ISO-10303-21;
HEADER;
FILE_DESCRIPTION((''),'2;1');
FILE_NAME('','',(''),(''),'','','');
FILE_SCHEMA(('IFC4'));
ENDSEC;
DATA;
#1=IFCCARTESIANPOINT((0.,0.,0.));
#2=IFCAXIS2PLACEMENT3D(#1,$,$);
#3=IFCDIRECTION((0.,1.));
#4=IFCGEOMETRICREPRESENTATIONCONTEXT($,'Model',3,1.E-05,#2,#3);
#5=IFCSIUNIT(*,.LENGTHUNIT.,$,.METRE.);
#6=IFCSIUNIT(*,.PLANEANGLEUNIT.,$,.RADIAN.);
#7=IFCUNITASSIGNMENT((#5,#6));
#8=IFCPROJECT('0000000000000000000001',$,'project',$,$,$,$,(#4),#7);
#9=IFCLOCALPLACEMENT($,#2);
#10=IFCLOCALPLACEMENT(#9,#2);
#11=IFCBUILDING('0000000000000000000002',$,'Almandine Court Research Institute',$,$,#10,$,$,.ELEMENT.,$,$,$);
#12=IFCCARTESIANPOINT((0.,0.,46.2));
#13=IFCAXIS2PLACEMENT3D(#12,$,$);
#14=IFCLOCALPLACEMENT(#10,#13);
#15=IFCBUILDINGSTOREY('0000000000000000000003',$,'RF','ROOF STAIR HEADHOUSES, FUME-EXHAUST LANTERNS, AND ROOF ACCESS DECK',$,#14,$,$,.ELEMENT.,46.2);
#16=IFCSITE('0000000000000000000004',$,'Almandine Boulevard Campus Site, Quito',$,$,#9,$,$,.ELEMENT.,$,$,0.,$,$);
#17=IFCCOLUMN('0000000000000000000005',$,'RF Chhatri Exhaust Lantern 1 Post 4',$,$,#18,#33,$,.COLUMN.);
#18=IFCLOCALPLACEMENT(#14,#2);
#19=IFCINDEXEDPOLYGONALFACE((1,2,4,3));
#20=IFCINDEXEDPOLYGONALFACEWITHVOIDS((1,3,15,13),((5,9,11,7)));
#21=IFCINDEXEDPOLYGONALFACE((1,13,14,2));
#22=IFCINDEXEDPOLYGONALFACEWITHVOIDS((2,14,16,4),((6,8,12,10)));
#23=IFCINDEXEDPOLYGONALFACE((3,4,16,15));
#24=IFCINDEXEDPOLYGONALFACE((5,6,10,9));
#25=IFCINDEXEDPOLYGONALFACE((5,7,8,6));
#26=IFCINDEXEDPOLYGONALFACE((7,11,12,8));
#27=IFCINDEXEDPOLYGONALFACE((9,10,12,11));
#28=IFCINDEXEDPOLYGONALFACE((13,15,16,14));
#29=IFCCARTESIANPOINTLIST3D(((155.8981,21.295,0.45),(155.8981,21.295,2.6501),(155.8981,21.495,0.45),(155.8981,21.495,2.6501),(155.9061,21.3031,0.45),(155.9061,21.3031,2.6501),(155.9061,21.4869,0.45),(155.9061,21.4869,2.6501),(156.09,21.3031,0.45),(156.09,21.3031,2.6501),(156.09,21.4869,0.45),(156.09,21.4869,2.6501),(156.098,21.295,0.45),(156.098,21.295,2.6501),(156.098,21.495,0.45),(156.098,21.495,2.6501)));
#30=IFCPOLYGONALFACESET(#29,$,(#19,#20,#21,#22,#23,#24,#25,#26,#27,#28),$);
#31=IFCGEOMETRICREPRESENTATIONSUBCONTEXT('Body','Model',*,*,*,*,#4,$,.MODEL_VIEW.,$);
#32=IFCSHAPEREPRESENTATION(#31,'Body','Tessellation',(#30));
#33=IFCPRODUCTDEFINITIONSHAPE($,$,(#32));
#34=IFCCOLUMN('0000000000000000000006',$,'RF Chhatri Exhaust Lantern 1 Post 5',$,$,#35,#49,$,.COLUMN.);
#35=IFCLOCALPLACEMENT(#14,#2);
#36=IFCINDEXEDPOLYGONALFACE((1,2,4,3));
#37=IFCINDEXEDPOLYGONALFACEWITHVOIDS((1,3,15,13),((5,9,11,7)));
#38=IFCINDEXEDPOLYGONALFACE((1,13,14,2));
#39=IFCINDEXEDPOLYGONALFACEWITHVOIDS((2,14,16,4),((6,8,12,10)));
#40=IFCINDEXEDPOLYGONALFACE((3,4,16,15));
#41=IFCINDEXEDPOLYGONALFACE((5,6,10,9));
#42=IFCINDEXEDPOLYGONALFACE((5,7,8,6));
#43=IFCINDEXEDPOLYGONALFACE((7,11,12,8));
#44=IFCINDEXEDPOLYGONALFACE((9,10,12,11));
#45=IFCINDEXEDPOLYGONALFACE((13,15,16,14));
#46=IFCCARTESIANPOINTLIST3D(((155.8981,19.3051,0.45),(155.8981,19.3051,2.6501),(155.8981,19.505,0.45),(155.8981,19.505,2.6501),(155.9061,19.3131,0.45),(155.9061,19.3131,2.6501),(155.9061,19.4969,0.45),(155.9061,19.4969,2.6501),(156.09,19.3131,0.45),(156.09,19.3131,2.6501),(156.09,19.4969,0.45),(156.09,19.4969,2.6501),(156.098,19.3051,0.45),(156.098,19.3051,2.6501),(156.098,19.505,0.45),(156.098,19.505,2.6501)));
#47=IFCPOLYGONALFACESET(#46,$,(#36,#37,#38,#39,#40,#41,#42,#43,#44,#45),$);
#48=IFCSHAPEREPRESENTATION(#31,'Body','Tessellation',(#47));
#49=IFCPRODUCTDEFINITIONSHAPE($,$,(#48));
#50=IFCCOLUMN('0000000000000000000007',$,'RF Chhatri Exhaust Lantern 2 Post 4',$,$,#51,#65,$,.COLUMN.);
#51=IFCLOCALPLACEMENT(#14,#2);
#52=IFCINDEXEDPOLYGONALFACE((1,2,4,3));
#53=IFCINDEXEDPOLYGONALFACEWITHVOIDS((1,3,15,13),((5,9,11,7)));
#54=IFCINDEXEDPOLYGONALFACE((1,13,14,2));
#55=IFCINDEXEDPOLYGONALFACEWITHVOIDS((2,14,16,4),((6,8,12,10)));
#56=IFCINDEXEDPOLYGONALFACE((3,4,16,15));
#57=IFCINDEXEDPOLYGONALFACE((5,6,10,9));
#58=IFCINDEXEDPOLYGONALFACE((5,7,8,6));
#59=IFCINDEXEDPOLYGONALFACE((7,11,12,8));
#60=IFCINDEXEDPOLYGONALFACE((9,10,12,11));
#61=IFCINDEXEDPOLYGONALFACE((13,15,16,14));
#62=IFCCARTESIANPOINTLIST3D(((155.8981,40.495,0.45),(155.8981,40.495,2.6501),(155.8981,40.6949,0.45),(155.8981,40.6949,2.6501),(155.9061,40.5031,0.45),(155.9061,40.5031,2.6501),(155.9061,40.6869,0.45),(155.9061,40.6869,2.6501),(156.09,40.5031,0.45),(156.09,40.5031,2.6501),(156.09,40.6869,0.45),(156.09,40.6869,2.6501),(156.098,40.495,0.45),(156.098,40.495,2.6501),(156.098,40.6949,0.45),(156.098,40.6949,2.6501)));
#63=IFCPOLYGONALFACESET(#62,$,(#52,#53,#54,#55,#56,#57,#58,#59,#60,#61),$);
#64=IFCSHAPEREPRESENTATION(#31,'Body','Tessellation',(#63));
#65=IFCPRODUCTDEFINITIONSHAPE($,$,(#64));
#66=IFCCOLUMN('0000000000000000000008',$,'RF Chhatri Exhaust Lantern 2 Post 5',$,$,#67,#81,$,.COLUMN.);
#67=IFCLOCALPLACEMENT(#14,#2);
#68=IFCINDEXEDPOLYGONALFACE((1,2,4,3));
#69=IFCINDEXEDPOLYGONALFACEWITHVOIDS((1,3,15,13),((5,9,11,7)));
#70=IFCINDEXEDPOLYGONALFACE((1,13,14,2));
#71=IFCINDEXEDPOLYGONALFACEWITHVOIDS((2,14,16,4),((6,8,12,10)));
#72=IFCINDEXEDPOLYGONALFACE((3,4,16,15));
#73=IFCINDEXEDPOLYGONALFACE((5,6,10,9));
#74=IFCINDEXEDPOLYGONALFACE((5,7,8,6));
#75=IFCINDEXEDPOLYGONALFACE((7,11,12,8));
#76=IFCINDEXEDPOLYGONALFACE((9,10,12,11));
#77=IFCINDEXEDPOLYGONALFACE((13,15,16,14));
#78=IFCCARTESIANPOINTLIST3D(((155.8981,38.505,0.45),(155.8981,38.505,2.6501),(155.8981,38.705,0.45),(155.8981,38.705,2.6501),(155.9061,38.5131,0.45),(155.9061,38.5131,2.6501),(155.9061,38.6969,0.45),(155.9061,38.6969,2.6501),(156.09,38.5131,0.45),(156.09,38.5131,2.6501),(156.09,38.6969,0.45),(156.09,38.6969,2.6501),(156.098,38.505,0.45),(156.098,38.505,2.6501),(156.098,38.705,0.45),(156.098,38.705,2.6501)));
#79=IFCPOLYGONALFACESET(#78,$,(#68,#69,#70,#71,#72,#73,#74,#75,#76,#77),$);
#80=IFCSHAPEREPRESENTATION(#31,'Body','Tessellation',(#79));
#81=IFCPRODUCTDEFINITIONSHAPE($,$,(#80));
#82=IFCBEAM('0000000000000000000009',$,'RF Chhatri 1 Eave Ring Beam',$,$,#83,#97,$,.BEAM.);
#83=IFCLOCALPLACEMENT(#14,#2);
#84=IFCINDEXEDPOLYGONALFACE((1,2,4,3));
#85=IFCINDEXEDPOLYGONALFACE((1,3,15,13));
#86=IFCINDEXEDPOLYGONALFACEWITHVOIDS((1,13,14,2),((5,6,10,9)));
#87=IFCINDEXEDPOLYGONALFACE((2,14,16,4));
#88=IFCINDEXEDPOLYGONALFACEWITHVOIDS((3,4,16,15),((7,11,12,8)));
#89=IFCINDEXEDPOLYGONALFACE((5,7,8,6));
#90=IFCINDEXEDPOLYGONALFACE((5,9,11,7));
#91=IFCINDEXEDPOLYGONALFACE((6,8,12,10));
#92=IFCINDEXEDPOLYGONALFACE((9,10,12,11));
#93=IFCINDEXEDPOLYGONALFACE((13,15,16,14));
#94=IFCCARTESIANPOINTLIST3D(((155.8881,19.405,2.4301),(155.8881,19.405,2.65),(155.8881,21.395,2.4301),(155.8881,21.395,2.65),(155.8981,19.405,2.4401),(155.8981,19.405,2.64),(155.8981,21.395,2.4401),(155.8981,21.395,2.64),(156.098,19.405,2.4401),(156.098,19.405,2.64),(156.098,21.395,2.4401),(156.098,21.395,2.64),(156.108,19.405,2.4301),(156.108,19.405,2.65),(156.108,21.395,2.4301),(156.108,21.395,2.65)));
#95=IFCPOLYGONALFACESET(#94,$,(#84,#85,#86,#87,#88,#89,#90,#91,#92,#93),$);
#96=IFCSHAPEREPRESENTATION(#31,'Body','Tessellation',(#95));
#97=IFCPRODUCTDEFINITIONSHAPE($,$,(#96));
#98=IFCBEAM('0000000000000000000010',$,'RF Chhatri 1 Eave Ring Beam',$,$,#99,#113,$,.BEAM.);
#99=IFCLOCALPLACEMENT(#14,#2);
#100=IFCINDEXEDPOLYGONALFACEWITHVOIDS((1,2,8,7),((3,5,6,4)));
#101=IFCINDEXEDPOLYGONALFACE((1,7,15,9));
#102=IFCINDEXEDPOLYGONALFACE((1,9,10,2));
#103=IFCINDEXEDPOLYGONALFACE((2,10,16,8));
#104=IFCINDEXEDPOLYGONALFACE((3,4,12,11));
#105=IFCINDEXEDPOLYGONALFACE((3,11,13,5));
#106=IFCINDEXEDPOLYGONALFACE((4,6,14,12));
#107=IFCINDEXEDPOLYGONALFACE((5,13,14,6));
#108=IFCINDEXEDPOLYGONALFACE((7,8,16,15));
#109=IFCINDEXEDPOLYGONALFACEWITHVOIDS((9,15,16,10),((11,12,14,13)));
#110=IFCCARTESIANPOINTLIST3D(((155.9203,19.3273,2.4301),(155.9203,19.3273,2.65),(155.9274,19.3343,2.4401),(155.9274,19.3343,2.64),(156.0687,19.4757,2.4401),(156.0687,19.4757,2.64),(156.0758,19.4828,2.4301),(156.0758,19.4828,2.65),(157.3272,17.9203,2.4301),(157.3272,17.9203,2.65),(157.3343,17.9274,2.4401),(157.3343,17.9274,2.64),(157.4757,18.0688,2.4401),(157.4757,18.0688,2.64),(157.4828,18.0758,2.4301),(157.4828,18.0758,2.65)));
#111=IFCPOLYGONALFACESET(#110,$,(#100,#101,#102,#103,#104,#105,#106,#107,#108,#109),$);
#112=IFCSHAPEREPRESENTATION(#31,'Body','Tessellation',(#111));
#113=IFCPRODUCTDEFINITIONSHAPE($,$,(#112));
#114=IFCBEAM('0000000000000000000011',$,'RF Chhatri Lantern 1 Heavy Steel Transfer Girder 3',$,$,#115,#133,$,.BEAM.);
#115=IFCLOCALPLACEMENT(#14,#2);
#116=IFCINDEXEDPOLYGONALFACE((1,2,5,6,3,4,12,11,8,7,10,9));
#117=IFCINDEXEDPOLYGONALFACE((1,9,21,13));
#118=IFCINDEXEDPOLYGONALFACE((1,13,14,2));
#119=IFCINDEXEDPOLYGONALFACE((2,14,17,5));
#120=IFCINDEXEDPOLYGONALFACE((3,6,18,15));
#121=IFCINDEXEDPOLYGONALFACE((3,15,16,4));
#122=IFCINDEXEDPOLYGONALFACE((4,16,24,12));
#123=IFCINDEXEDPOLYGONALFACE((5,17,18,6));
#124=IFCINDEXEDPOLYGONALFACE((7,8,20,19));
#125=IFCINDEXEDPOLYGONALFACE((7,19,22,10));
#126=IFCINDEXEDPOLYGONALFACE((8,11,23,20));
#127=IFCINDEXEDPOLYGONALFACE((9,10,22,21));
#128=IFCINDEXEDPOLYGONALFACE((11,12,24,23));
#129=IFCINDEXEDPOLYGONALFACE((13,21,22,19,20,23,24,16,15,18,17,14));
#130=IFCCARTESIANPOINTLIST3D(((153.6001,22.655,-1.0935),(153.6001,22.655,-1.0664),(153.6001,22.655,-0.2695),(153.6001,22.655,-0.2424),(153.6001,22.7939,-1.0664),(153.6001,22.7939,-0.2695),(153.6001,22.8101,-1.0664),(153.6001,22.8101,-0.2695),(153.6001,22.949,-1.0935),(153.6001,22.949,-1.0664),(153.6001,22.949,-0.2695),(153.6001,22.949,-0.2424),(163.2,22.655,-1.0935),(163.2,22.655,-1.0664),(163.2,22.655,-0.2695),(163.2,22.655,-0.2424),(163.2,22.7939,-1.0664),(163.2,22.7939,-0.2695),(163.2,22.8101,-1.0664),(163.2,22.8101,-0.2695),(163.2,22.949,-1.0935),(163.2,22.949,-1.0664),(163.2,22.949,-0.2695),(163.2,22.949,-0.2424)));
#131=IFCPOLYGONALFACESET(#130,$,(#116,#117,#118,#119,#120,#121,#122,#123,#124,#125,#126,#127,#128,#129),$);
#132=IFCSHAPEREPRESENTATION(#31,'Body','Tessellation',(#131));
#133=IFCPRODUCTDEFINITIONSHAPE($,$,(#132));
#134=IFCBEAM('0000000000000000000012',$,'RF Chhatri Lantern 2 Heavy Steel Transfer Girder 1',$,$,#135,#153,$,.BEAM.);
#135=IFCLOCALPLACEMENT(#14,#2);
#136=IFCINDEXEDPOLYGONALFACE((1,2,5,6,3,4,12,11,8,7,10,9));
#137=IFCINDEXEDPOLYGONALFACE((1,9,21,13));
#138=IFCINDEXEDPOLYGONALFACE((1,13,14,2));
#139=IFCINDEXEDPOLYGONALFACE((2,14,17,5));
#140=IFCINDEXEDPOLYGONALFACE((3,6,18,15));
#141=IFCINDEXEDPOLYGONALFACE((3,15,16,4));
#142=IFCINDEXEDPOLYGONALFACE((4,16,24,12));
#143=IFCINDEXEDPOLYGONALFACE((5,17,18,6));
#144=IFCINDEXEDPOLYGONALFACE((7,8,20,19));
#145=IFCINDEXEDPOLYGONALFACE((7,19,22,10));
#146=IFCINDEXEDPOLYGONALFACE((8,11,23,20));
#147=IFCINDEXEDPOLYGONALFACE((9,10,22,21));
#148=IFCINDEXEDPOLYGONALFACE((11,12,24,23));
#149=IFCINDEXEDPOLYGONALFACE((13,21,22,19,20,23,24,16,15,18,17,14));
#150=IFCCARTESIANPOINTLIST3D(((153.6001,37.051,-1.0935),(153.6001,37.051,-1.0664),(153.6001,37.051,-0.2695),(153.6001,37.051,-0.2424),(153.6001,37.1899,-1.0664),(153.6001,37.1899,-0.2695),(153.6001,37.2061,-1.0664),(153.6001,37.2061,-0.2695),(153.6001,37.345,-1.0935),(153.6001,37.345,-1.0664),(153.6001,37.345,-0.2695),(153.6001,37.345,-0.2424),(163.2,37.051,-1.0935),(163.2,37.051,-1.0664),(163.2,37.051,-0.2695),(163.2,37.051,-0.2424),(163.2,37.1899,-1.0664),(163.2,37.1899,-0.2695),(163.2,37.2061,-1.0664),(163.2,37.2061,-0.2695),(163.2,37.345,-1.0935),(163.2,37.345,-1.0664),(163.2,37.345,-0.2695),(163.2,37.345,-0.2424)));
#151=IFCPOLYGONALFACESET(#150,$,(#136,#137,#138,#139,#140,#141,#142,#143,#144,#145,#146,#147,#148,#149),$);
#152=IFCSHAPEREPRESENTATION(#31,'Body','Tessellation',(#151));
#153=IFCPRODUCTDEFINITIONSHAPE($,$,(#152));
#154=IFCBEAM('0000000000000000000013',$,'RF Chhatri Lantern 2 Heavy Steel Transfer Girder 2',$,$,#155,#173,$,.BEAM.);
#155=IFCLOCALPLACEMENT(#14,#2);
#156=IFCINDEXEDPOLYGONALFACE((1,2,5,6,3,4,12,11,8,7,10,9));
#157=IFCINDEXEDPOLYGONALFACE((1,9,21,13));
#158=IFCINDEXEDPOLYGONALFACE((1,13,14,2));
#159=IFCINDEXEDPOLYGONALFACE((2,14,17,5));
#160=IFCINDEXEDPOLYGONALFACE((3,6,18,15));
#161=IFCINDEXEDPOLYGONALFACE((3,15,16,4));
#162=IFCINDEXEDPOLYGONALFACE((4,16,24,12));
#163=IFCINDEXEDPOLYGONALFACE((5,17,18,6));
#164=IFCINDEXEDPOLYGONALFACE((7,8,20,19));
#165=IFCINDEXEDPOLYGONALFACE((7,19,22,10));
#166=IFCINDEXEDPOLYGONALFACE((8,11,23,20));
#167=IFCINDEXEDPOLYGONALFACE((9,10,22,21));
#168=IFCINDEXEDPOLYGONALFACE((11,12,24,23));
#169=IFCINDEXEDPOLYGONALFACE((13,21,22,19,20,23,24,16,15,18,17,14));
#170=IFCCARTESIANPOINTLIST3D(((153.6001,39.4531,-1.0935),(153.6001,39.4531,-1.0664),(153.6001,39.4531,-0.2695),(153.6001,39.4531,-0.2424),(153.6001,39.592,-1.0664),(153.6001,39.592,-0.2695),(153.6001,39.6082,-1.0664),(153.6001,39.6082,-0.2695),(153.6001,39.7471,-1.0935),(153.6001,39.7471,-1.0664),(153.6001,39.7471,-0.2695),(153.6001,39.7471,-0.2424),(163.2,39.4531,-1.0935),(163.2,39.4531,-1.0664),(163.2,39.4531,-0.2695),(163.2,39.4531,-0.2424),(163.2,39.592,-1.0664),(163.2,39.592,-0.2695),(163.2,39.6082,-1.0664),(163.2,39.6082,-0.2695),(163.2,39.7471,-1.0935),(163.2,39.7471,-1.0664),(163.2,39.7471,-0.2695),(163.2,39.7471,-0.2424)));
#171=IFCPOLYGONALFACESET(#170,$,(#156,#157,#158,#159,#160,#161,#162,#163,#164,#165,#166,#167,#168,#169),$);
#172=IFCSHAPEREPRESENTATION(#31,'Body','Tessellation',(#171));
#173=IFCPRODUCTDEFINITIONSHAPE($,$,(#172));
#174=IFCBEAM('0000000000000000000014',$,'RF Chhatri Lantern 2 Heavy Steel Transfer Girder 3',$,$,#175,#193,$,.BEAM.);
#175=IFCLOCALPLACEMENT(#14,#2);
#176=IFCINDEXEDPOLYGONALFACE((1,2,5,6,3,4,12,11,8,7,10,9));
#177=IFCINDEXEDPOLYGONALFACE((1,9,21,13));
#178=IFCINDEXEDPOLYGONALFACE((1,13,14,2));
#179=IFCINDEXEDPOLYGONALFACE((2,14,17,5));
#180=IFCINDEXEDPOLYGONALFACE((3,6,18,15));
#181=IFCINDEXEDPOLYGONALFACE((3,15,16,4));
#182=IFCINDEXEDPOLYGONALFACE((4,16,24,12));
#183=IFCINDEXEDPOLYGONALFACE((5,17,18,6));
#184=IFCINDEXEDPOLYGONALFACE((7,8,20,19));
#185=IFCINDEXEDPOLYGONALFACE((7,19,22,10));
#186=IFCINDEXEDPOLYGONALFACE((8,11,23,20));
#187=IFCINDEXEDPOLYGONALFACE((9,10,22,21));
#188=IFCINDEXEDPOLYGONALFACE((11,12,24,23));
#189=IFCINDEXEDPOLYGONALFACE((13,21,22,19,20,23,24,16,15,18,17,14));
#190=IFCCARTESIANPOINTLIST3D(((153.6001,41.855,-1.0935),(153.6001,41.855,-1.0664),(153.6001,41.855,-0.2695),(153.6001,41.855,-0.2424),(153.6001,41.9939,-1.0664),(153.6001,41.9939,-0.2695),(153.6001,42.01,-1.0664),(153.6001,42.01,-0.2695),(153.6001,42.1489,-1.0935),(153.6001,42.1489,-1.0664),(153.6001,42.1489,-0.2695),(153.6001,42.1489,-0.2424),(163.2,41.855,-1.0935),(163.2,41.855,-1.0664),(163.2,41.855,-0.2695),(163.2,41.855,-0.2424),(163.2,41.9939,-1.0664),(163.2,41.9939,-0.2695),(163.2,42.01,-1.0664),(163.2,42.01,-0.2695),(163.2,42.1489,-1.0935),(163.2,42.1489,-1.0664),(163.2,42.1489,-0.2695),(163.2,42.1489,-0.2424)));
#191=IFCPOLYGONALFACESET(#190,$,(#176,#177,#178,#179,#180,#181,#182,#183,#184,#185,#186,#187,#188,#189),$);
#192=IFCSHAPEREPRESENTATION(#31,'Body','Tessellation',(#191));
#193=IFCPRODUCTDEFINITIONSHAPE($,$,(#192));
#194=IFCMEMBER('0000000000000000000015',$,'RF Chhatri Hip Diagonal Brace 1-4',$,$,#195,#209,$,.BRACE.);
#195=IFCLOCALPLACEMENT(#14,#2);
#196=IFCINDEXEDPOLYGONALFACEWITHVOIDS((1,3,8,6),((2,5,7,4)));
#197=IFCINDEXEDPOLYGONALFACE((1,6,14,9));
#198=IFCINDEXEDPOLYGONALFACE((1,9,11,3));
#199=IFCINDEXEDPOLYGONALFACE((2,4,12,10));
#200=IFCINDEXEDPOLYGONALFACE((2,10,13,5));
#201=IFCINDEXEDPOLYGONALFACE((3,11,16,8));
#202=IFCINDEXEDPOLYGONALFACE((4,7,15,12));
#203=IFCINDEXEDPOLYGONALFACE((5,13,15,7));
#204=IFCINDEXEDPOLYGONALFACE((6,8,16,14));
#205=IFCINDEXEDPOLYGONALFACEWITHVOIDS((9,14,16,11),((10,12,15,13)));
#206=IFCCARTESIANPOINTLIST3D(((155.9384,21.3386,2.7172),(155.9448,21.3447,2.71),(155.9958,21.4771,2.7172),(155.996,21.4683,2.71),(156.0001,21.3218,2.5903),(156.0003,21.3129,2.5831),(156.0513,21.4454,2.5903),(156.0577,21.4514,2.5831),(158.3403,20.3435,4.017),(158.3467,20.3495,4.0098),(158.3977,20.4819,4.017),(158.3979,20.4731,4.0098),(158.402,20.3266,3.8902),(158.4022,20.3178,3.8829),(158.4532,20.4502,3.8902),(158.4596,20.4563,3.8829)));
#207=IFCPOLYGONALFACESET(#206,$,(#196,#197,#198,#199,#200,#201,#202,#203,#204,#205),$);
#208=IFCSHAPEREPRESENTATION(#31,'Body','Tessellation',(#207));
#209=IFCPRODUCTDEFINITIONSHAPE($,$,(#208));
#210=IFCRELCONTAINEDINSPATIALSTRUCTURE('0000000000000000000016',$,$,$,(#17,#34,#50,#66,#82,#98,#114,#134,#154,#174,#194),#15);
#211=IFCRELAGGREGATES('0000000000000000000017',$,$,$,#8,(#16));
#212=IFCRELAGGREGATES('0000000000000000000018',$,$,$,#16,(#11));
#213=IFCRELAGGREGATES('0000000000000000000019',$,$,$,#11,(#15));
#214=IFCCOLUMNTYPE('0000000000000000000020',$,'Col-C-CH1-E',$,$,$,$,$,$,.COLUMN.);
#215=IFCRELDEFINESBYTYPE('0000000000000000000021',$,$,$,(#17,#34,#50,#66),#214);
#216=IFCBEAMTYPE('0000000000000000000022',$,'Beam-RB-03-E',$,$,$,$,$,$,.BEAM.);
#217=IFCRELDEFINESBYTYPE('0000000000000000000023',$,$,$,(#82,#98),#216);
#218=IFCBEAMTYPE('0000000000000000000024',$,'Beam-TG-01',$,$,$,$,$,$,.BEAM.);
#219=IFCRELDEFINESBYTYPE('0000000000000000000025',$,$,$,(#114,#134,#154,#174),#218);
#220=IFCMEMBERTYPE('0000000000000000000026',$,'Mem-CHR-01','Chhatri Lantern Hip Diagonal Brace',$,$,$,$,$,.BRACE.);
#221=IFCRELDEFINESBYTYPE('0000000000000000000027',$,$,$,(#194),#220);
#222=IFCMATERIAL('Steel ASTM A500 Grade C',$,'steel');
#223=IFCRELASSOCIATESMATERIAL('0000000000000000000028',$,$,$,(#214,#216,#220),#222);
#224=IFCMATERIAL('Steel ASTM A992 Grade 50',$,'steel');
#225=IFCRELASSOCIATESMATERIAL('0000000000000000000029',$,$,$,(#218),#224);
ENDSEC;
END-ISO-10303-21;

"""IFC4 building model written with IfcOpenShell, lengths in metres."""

from ifc_helpers import new_model, si_unit, direction, frame, origin, origin_2d, place, context, subcontext, project, spatial, hollow_rectangle, i_section, extrude, material, material_profile, profile_set, type_object, element, save


model = new_model("IFC4")

# Units and contexts
model_context = context("Model", 3, precision=1e-05, world=origin(), true_north=direction((0.0, 1.0)))
body_context = subcontext(model_context, "Body", "Model", "MODEL_VIEW")
ifc_project = project(units=[si_unit("LENGTHUNIT", "METRE"), si_unit("PLANEANGLEUNIT", "RADIAN")], contexts=[model_context])

# Site, building, storey
site_placement = place(None, origin())
site = spatial("IfcSite", under=ifc_project, at=site_placement, Name="Almandine Boulevard Campus Site, Quito", CompositionType="ELEMENT", RefElevation=0.0)
building_placement = place(site_placement, origin())
building = spatial("IfcBuilding", under=site, at=building_placement, Name="Almandine Court Research Institute", CompositionType="ELEMENT")
storey_placement = place(building_placement, frame((0.0, 0.0, 46.2)))
storey = spatial("IfcBuildingStorey", under=building, at=storey_placement, Name="RF", Description="ROOF STAIR HEADHOUSES, FUME-EXHAUST LANTERNS, AND ROOF ACCESS DECK", CompositionType="ELEMENT", Elevation=46.2)

# Columns
ifc_material_1 = material(Name="Steel ASTM A500 Grade C", Category="steel")
ifc_material_profile_1 = material_profile(ifc_material_1, hollow_rectangle(XDim=0.2, YDim=0.2, WallThickness=0.0081, at=origin_2d()), Name="HSS 200x200x8")
ifc_profile_set_1 = profile_set([ifc_material_profile_1], Name="Steel ASTM A500 Grade C")
column_type = type_object("IfcColumnType", Name="Col-C-CH1-E", PredefinedType="COLUMN", material=ifc_profile_set_1)
for number, where, z_axis, x_axis, name in (
    (1, (155.998, 21.395, 0.45), (0.0, 0.0, 1.0), (1.0, 0.0, 0.0), "RF Chhatri Exhaust Lantern 1 Post 4"),
    (2, (155.998, 19.405, 0.45), (0.0, 0.0, 1.0), (1.0, 0.0, 0.0), "RF Chhatri Exhaust Lantern 1 Post 5"),
    (3, (155.998, 40.595, 0.45), (0.0, 0.0, 1.0), (1.0, 0.0, 0.0), "RF Chhatri Exhaust Lantern 2 Post 4"),
    (4, (155.998, 38.605, 0.45), (0.0, 0.0, 1.0), (1.0, 0.0, 0.0), "RF Chhatri Exhaust Lantern 2 Post 5"),
):
    element("IfcColumn", number, at=place(storey_placement, frame(where, z_axis=z_axis, x_axis=x_axis)), inside=storey, type_object=column_type, Name=name, PredefinedType="COLUMN", context=body_context, shape_type="SweptSolid", body=[
        extrude(hollow_rectangle(XDim=0.2, YDim=0.2, WallThickness=0.0081, at=origin_2d()), origin(), (0.0, 0.0, 1.0), 2.2002),
    ])

# Beams
ifc_material_profile_2 = material_profile(ifc_material_1, hollow_rectangle(XDim=0.22, YDim=0.22, WallThickness=0.01, at=origin_2d()), Name="HSS 220x220x10")
ifc_profile_set_2 = profile_set([ifc_material_profile_2], Name="Steel ASTM A500 Grade C")
beam_type_1 = type_object("IfcBeamType", Name="Beam-RB-03-E", PredefinedType="BEAM", material=ifc_profile_set_2)
beam_1_placement = place(storey_placement, frame((155.998, 21.395, 2.54), z_axis=(0.0, -1.0, 0.0), x_axis=(1.0, 0.0, 0.0)))
element("IfcBeam", 5, at=beam_1_placement, inside=storey, type_object=beam_type_1, Name="RF Chhatri 1 Eave Ring Beam", PredefinedType="BEAM", context=body_context, shape_type="SweptSolid", body=[
    extrude(hollow_rectangle(XDim=0.22, YDim=0.22, WallThickness=0.01, at=origin_2d()), origin(), (0.0, 0.0, 1.0), 1.99),
])
beam_2_placement = place(storey_placement, frame((155.998, 19.405, 2.54), z_axis=(0.707107, -0.707107, 0.0), x_axis=(0.707107, 0.707107, 0.0)))
element("IfcBeam", 6, at=beam_2_placement, inside=storey, type_object=beam_type_1, Name="RF Chhatri 1 Eave Ring Beam", PredefinedType="BEAM", context=body_context, shape_type="SweptSolid", body=[
    extrude(hollow_rectangle(XDim=0.22, YDim=0.22, WallThickness=0.01, at=origin_2d()), origin(), (0.0, 0.0, 1.0), 1.9897),
])
ifc_material_2 = material(Name="Steel ASTM A992 Grade 50", Category="steel")
ifc_material_profile_3 = material_profile(ifc_material_2, i_section(OverallWidth=0.2939, OverallDepth=0.8511, WebThickness=0.0161, FlangeThickness=0.0271, at=origin_2d()), Name="W840x226")
ifc_profile_set_3 = profile_set([ifc_material_profile_3], Name="Steel ASTM A992 Grade 50")
beam_type_2 = type_object("IfcBeamType", Name="Beam-TG-01", PredefinedType="BEAM", material=ifc_profile_set_3)
for number, where, z_axis, x_axis, name in (
    (7, (153.6001, 22.802, -0.668), (1.0, 0.0, 0.0), (0.0, 1.0, 0.0), "RF Chhatri Lantern 1 Heavy Steel Transfer Girder 3"),
    (8, (153.6001, 37.198, -0.668), (1.0, 0.0, 0.0), (0.0, 1.0, 0.0), "RF Chhatri Lantern 2 Heavy Steel Transfer Girder 1"),
    (9, (153.6001, 39.6001, -0.668), (1.0, 0.0, 0.0), (0.0, 1.0, 0.0), "RF Chhatri Lantern 2 Heavy Steel Transfer Girder 2"),
    (10, (153.6001, 42.002, -0.668), (1.0, 0.0, 0.0), (0.0, 1.0, 0.0), "RF Chhatri Lantern 2 Heavy Steel Transfer Girder 3"),
):
    element("IfcBeam", number, at=place(storey_placement, frame(where, z_axis=z_axis, x_axis=x_axis)), inside=storey, type_object=beam_type_2, Name=name, PredefinedType="BEAM", context=body_context, shape_type="SweptSolid", body=[
        extrude(i_section(OverallWidth=0.2939, OverallDepth=0.8511, WebThickness=0.0161, FlangeThickness=0.0271, at=origin_2d()), origin(), (0.0, 0.0, 1.0), 9.5999),
    ])

# Member
ifc_material_profile_4 = material_profile(ifc_material_1, hollow_rectangle(XDim=0.1499, YDim=0.1499, WallThickness=0.0081, at=origin_2d()), Name="HSS 150x150x8")
ifc_profile_set_4 = profile_set([ifc_material_profile_4], Name="Steel ASTM A500 Grade C")
member_type = type_object("IfcMemberType", Name="Mem-CHR-01", Description="Chhatri Lantern Hip Diagonal Brace", PredefinedType="BRACE", material=ifc_profile_set_4)
member_1_placement = place(storey_placement, frame((155.998, 21.395, 2.6501), z_axis=(0.826329, -0.342358, 0.447182), x_axis=(0.382761, 0.923847, 0.0)))
element("IfcMember", 11, at=member_1_placement, inside=storey, type_object=member_type, Name="RF Chhatri Hip Diagonal Brace 1-4", PredefinedType="BRACE", context=body_context, shape_type="SweptSolid", body=[
    extrude(hollow_rectangle(XDim=0.1499, YDim=0.1499, WallThickness=0.0081, at=origin_2d()), origin(), (0.0, 0.0, 1.0), 2.9067),
])

save(model, "model.ifc")
